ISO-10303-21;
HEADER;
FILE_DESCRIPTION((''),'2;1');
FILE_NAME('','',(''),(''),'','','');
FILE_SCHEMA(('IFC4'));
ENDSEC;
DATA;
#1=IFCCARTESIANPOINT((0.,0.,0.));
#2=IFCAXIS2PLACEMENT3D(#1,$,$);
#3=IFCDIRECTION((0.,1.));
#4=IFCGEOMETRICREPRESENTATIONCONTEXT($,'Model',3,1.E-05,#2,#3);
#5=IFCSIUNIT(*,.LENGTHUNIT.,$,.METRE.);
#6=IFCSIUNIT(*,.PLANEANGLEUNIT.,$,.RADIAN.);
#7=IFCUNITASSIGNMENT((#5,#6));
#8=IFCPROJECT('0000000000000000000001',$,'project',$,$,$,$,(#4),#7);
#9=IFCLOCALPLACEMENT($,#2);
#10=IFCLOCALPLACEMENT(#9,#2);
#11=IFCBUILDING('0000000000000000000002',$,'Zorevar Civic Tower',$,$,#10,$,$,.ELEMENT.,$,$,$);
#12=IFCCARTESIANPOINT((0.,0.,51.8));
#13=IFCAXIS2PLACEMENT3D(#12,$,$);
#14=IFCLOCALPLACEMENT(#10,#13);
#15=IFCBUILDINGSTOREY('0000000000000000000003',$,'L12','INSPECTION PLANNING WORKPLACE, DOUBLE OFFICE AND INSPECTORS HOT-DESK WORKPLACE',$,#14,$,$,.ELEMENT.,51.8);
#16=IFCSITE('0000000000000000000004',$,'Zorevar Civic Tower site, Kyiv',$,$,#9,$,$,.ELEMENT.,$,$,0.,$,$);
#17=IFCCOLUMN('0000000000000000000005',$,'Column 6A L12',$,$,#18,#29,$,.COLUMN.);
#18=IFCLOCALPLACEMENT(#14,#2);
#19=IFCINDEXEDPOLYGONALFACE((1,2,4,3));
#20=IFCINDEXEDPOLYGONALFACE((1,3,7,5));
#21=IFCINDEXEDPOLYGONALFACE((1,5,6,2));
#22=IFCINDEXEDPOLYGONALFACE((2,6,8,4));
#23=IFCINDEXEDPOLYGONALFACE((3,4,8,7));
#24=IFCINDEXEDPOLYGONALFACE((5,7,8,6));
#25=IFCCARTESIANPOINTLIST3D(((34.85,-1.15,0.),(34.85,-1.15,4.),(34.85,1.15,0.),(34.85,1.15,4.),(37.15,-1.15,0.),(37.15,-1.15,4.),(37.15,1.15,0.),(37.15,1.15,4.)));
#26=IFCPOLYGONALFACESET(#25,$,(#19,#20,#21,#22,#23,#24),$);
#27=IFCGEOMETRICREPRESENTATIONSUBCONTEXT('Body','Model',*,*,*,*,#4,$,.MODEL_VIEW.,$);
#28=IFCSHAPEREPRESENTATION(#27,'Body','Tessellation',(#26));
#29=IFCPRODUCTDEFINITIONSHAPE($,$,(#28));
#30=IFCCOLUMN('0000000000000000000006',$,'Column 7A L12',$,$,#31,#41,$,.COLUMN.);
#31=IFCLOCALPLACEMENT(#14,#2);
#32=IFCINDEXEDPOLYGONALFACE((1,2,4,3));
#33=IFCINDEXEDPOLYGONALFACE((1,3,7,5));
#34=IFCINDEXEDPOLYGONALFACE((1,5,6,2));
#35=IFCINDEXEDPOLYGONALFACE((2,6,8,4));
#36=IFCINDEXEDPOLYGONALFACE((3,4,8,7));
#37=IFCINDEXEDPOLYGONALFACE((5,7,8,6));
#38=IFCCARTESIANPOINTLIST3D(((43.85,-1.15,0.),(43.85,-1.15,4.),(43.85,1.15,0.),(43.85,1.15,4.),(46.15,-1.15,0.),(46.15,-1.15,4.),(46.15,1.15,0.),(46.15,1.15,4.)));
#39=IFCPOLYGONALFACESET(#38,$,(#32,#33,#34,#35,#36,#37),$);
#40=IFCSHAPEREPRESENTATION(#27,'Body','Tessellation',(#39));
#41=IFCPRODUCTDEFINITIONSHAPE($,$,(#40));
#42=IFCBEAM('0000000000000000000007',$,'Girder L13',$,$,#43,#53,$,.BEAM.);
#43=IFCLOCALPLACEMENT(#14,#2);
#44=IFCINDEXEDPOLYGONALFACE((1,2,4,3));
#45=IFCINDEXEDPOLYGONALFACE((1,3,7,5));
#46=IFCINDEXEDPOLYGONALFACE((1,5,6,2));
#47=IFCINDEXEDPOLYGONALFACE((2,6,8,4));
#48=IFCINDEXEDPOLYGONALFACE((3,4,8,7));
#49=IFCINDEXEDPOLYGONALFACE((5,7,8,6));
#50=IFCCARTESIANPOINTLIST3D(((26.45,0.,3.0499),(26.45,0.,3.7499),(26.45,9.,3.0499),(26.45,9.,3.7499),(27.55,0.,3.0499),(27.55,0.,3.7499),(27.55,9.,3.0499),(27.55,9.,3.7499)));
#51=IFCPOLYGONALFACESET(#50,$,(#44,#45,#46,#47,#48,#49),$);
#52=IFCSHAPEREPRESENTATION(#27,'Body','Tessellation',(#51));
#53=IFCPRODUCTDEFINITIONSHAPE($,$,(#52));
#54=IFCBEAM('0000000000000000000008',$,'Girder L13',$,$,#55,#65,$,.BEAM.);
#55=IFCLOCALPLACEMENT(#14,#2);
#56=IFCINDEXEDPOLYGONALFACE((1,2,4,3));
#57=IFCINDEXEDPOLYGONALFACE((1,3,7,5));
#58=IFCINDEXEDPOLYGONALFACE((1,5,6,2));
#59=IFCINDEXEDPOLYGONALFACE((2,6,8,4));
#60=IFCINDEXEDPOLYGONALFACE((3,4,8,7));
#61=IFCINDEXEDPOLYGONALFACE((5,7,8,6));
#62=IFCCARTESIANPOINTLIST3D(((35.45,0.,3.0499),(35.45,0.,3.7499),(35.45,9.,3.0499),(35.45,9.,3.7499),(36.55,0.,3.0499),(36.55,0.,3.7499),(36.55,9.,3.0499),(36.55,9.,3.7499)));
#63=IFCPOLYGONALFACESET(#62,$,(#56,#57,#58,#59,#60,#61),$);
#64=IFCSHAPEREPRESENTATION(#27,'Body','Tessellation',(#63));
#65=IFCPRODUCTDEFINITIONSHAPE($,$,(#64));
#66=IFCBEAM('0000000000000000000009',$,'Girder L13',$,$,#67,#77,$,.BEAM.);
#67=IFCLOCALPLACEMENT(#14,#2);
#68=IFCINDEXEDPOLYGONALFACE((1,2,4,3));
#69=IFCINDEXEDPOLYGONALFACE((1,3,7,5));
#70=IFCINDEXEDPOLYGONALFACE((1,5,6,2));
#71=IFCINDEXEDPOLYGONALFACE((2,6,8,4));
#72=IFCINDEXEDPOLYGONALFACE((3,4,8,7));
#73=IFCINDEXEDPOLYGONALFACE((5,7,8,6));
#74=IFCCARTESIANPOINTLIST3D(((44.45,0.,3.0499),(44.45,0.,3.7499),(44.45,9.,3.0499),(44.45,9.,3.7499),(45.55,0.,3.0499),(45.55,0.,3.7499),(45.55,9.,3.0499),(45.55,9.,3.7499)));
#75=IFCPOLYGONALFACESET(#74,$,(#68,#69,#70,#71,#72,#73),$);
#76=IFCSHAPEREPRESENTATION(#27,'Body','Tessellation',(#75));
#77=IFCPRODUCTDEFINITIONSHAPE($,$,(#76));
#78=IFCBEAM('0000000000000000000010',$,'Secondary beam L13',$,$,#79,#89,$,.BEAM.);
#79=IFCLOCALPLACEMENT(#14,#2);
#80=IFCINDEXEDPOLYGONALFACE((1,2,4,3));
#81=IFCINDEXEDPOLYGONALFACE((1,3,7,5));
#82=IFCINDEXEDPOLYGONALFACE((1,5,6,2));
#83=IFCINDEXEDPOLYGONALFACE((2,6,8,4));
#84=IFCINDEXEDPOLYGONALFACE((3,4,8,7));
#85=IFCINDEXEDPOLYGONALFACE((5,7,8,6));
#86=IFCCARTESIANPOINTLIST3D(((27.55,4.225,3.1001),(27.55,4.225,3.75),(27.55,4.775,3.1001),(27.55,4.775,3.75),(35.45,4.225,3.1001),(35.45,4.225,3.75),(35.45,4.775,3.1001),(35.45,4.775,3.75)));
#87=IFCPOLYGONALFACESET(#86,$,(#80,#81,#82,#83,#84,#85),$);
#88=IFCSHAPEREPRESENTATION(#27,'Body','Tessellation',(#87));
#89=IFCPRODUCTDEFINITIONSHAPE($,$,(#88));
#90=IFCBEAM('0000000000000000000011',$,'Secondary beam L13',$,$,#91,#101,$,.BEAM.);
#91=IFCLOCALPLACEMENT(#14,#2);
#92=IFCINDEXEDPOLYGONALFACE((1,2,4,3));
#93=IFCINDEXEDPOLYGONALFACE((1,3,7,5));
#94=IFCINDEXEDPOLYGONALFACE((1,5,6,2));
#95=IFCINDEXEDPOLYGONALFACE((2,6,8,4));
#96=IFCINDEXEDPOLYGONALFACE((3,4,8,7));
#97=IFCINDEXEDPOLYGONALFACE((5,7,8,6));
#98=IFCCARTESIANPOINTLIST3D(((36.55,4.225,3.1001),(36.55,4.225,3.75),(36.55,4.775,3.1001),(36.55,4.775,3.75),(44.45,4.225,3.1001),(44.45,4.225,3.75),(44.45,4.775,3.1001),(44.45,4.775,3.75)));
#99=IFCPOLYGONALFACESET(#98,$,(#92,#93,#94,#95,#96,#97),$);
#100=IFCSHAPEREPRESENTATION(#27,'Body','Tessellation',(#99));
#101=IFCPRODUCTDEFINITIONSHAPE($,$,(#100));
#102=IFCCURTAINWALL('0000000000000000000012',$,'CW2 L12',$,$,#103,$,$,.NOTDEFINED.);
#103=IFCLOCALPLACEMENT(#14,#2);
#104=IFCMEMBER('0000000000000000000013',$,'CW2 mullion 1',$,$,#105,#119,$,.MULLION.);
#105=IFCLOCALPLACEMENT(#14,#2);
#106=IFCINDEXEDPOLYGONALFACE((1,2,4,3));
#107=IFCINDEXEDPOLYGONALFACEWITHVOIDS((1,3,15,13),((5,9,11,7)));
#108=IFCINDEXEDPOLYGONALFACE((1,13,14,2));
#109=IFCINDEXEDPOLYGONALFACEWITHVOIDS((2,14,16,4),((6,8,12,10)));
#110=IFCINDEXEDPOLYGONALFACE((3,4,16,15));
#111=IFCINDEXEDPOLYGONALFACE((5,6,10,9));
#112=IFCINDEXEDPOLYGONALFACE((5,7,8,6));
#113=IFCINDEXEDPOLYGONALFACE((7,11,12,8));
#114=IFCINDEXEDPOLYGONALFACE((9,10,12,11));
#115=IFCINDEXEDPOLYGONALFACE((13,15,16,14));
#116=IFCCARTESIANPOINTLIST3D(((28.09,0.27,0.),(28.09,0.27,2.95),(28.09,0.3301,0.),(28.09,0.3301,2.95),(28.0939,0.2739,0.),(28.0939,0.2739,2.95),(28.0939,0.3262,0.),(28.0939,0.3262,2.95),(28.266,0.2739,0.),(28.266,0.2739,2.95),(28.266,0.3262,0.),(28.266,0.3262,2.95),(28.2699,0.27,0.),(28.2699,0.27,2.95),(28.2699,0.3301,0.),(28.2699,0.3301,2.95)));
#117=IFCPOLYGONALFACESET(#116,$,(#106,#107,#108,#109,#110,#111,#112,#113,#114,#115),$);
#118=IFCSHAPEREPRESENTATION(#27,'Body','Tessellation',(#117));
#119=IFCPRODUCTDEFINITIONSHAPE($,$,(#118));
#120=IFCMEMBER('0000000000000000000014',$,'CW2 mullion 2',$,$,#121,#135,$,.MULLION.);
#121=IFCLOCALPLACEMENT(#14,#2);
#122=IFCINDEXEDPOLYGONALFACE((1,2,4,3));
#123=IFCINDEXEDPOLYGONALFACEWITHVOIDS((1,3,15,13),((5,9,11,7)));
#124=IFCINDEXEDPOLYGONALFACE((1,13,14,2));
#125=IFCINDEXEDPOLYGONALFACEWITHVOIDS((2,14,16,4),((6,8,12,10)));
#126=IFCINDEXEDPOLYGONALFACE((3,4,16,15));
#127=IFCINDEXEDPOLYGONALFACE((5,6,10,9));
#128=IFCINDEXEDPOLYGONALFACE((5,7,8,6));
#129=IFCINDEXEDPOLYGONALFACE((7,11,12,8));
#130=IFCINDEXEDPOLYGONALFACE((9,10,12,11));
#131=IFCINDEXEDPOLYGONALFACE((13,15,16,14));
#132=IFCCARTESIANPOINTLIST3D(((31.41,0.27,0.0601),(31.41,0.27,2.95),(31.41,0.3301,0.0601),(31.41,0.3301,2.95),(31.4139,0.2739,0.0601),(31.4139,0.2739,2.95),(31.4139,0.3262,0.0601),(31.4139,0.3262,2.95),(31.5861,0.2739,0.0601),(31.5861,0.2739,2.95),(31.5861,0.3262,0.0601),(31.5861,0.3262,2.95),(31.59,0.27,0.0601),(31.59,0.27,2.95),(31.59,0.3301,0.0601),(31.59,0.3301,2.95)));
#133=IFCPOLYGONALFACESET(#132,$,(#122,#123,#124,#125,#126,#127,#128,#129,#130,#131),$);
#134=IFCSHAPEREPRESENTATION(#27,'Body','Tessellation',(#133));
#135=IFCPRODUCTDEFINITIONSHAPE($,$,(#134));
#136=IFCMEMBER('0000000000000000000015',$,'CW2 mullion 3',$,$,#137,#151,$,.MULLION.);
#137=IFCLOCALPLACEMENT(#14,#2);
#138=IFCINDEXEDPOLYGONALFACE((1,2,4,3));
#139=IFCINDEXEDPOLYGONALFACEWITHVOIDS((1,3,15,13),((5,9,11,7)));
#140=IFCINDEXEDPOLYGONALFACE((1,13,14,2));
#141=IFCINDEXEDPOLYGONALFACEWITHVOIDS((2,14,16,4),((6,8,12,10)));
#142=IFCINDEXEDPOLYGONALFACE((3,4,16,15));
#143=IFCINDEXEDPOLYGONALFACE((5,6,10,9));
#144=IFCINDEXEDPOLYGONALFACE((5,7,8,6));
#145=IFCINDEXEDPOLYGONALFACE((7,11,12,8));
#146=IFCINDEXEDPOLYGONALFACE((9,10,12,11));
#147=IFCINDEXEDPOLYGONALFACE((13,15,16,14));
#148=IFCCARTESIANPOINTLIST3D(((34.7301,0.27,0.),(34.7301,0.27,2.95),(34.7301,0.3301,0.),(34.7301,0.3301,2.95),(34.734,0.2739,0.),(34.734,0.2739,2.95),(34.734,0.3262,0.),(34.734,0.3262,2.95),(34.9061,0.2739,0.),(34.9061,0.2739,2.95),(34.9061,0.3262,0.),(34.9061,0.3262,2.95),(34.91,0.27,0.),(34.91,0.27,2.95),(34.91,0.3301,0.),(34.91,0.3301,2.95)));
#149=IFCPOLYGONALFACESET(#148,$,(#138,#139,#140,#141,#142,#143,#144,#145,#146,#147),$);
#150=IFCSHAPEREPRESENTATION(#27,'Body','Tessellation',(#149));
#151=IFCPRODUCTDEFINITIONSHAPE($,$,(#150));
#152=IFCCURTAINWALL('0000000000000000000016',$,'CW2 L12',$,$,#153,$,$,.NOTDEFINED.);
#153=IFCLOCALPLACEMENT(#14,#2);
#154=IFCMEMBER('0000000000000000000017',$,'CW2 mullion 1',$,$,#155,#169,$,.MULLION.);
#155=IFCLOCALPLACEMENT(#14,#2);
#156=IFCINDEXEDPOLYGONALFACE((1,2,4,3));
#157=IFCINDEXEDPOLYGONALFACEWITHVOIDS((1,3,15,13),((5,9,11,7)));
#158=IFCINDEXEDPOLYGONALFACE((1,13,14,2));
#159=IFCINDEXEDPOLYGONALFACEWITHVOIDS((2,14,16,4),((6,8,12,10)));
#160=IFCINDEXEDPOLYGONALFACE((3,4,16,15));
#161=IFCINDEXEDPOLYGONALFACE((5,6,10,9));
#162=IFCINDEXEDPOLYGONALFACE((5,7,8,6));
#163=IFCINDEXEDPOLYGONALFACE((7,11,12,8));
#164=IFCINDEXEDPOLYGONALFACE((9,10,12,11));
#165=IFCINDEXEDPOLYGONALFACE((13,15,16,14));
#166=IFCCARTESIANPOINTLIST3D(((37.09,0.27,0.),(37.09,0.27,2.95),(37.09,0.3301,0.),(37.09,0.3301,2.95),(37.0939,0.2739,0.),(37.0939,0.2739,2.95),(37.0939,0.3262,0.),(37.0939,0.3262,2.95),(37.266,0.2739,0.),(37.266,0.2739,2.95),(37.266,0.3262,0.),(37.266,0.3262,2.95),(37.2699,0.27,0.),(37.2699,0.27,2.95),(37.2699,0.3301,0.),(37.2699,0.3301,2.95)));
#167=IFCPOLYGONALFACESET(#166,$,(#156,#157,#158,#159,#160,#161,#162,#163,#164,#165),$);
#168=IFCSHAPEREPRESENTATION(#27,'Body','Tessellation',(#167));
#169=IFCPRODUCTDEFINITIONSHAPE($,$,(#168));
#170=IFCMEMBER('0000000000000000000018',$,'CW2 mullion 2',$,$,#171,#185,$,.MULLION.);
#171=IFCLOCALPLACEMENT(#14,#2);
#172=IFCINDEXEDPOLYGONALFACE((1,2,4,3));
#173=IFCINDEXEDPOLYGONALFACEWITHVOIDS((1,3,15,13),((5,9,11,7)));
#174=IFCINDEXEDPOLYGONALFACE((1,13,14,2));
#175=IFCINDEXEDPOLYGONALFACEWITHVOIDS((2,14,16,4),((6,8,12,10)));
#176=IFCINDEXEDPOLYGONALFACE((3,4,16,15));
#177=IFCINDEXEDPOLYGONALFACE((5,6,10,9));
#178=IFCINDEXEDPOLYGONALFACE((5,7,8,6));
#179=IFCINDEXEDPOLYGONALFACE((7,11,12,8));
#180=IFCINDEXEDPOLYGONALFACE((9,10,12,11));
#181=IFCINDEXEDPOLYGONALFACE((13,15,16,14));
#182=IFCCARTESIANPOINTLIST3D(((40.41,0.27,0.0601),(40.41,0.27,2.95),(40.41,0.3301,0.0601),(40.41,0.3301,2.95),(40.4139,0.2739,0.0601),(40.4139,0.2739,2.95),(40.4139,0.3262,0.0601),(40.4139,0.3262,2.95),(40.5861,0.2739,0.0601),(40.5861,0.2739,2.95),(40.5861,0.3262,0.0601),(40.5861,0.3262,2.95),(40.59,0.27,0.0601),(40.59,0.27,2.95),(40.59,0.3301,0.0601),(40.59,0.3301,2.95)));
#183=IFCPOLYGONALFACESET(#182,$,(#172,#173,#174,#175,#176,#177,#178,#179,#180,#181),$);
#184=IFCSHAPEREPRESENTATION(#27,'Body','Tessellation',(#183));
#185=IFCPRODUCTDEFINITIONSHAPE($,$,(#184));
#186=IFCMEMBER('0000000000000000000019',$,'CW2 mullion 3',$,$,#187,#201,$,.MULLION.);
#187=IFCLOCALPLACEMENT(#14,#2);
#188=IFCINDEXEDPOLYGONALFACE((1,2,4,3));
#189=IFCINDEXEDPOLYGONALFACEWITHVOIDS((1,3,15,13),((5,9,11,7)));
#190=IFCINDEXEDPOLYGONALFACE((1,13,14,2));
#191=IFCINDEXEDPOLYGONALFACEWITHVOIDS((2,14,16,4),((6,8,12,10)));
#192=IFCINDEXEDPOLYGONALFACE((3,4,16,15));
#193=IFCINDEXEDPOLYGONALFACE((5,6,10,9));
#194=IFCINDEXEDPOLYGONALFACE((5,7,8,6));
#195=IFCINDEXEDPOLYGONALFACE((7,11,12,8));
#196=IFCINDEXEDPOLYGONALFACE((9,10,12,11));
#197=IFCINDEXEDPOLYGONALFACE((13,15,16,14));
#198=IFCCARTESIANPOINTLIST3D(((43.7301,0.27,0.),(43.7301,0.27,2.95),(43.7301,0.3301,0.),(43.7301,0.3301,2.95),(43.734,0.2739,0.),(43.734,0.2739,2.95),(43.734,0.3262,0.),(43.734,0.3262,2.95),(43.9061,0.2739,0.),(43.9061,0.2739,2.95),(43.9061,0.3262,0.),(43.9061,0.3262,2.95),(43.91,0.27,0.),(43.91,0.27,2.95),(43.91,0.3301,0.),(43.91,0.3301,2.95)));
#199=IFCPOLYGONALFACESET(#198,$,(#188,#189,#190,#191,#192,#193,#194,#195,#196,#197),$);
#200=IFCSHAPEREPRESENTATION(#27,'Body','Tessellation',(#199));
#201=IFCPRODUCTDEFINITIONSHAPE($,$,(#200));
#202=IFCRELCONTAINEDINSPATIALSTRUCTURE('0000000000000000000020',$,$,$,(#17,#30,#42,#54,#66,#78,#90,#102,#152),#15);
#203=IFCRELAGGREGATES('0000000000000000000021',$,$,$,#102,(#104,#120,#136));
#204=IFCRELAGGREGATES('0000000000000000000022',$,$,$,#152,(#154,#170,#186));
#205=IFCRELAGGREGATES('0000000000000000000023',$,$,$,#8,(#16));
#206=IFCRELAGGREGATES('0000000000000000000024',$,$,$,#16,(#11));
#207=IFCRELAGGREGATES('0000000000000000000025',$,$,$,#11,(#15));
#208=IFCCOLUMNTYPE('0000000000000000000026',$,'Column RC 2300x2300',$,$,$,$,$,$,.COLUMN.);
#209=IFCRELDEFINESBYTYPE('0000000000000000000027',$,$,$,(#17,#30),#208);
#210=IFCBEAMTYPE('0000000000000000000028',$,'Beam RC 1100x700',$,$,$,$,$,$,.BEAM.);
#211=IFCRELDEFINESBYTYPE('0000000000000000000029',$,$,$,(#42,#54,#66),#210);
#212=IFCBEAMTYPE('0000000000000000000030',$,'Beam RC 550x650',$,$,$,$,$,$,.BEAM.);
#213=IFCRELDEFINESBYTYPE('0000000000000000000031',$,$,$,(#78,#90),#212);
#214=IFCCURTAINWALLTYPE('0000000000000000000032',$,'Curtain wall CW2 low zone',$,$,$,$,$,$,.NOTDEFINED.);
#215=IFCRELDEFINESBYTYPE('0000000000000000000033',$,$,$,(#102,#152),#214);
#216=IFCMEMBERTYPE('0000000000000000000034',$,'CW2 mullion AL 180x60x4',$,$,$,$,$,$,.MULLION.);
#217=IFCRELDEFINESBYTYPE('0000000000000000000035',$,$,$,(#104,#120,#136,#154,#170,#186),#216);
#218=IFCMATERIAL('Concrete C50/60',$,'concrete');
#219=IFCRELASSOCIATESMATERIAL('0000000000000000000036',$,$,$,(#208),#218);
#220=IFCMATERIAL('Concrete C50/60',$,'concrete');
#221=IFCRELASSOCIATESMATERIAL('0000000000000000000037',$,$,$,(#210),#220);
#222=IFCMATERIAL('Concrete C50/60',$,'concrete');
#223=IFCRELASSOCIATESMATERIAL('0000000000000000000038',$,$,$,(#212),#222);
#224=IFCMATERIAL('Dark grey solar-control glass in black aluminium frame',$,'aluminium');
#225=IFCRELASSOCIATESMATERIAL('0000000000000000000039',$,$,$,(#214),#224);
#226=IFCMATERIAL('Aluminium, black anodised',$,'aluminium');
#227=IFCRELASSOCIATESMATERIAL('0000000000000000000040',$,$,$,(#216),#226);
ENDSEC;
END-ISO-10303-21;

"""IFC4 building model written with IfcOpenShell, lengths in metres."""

from ifc_helpers import new_model, si_unit, direction, frame, origin, origin_2d, place, context, subcontext, project, spatial, rectangle, hollow_rectangle, extrude, material, material_profile, profile_set, type_object, element, aggregate, save


model = new_model("IFC4")

# Units and contexts
model_context = context("Model", 3, precision=1e-05, world=origin(), true_north=direction((0.0, 1.0)))
body_context = subcontext(model_context, "Body", "Model", "MODEL_VIEW")
ifc_project = project(units=[si_unit("LENGTHUNIT", "METRE"), si_unit("PLANEANGLEUNIT", "RADIAN")], contexts=[model_context])

# Site, building, storey
site_placement = place(None, origin())
site = spatial("IfcSite", under=ifc_project, at=site_placement, Name="Zorevar Civic Tower site, Kyiv", CompositionType="ELEMENT", RefElevation=0.0)
building_placement = place(site_placement, origin())
building = spatial("IfcBuilding", under=site, at=building_placement, Name="Zorevar Civic Tower", CompositionType="ELEMENT")
storey_placement = place(building_placement, frame((0.0, 0.0, 51.8)))
storey = spatial("IfcBuildingStorey", under=building, at=storey_placement, Name="L12", Description="INSPECTION PLANNING WORKPLACE, DOUBLE OFFICE AND INSPECTORS HOT-DESK WORKPLACE", CompositionType="ELEMENT", Elevation=51.8)

# Columns
ifc_material_1 = material(Name="Concrete C50/60", Category="concrete")
ifc_material_profile_1 = material_profile(ifc_material_1, rectangle(XDim=2.3, YDim=2.3, at=origin_2d()), Name="RC 2300x2300")
ifc_profile_set_1 = profile_set([ifc_material_profile_1], Name="Concrete C50/60")
column_type = type_object("IfcColumnType", Name="Column RC 2300x2300", PredefinedType="COLUMN", material=ifc_profile_set_1)
for number, where, z_axis, x_axis, name in (
    (1, (36.0, 0.0, 0.0), (0.0, 0.0, 1.0), (1.0, 0.0, 0.0), "Column 6A L12"),
    (2, (45.0, 0.0, 0.0), (0.0, 0.0, 1.0), (1.0, 0.0, 0.0), "Column 7A L12"),
):
    element("IfcColumn", number, at=place(storey_placement, frame(where, z_axis=z_axis, x_axis=x_axis)), inside=storey, type_object=column_type, Name=name, PredefinedType="COLUMN", context=body_context, shape_type="SweptSolid", body=[
        extrude(rectangle(XDim=2.3, YDim=2.3, at=origin_2d()), origin(), (0.0, 0.0, 1.0), 4.0),
    ])

# Beams
ifc_material_2 = material(Name="Concrete C50/60", Category="concrete")
ifc_material_profile_2 = material_profile(ifc_material_2, rectangle(XDim=1.1001, YDim=0.7, at=origin_2d()), Name="RC 1100x700")
ifc_profile_set_2 = profile_set([ifc_material_profile_2], Name="Concrete C50/60")
beam_type_1 = type_object("IfcBeamType", Name="Beam RC 1100x700", PredefinedType="BEAM", material=ifc_profile_set_2)
for number, where, z_axis, x_axis, name in (
    (3, (27.0, 0.0, 3.3999), (0.0, 1.0, 0.0), (-1.0, 0.0, 0.0), "Girder L13"),
    (4, (36.0, 0.0, 3.3999), (0.0, 1.0, 0.0), (-1.0, 0.0, 0.0), "Girder L13"),
    (5, (45.0, 0.0, 3.3999), (0.0, 1.0, 0.0), (-1.0, 0.0, 0.0), "Girder L13"),
):
    element("IfcBeam", number, at=place(storey_placement, frame(where, z_axis=z_axis, x_axis=x_axis)), inside=storey, type_object=beam_type_1, Name=name, PredefinedType="BEAM", context=body_context, shape_type="SweptSolid", body=[
        extrude(rectangle(XDim=1.1001, YDim=0.7, at=origin_2d()), origin(), (0.0, 0.0, 1.0), 9.0),
    ])
ifc_material_3 = material(Name="Concrete C50/60", Category="concrete")
ifc_material_profile_3 = material_profile(ifc_material_3, rectangle(XDim=0.55, YDim=0.6499, at=origin_2d()), Name="RC 550x650")
ifc_profile_set_3 = profile_set([ifc_material_profile_3], Name="Concrete C50/60")
beam_type_2 = type_object("IfcBeamType", Name="Beam RC 550x650", PredefinedType="BEAM", material=ifc_profile_set_3)
for number, where, z_axis, x_axis, name in (
    (6, (27.55, 4.5, 3.425), (1.0, 0.0, 0.0), (0.0, 1.0, 0.0), "Secondary beam L13"),
    (7, (36.55, 4.5, 3.425), (1.0, 0.0, 0.0), (0.0, 1.0, 0.0), "Secondary beam L13"),
):
    element("IfcBeam", number, at=place(storey_placement, frame(where, z_axis=z_axis, x_axis=x_axis)), inside=storey, type_object=beam_type_2, Name=name, PredefinedType="BEAM", context=body_context, shape_type="SweptSolid", body=[
        extrude(rectangle(XDim=0.55, YDim=0.6499, at=origin_2d()), origin(), (0.0, 0.0, 1.0), 7.8999),
    ])

# Curtain walls, members
ifc_material_4 = material(Name="Dark grey solar-control glass in black aluminium frame", Category="aluminium")
curtain_wall_type = type_object("IfcCurtainWallType", Name="Curtain wall CW2 low zone", PredefinedType="NOTDEFINED", material=ifc_material_4)
curtain_wall_1_placement = place(storey_placement, origin())
curtain_wall_1 = element("IfcCurtainWall", 8, at=curtain_wall_1_placement, inside=storey, type_object=curtain_wall_type, Name="CW2 L12", PredefinedType="NOTDEFINED")
ifc_material_5 = material(Name="Aluminium, black anodised", Category="aluminium")
ifc_material_profile_4 = material_profile(ifc_material_5, hollow_rectangle(XDim=0.0601, YDim=0.1799, WallThickness=0.0039, at=origin_2d()), Name="AL 180x60x4")
ifc_profile_set_4 = profile_set([ifc_material_profile_4], Name="Aluminium, black anodised")
member_type_1 = type_object("IfcMemberType", Name="CW2 mullion AL 180x60x4", PredefinedType="MULLION", material=ifc_profile_set_4)
member_1_placement = place(storey_placement, frame((28.1799, 0.3, 0.0), z_axis=(0.0, 0.0, 1.0), x_axis=(0.0, 1.0, 0.0)))
member_1 = element("IfcMember", 9, at=member_1_placement, type_object=member_type_1, Name="CW2 mullion 1", PredefinedType="MULLION", context=body_context, shape_type="SweptSolid", body=[
    extrude(hollow_rectangle(XDim=0.0601, YDim=0.1799, WallThickness=0.0039, at=origin_2d()), origin(), (0.0, 0.0, 1.0), 2.95),
])
member_2_placement = place(storey_placement, frame((31.5, 0.3, 0.0601), z_axis=(0.0, 0.0, 1.0), x_axis=(0.0, 1.0, 0.0)))
member_2 = element("IfcMember", 10, at=member_2_placement, type_object=member_type_1, Name="CW2 mullion 2", PredefinedType="MULLION", context=body_context, shape_type="SweptSolid", body=[
    extrude(hollow_rectangle(XDim=0.0601, YDim=0.1799, WallThickness=0.0039, at=origin_2d()), origin(), (0.0, 0.0, 1.0), 2.8899),
])
member_3_placement = place(storey_placement, frame((34.8201, 0.3, 0.0), z_axis=(0.0, 0.0, 1.0), x_axis=(0.0, 1.0, 0.0)))
member_3 = element("IfcMember", 11, at=member_3_placement, type_object=member_type_1, Name="CW2 mullion 3", PredefinedType="MULLION", context=body_context, shape_type="SweptSolid", body=[
    extrude(hollow_rectangle(XDim=0.0601, YDim=0.1799, WallThickness=0.0039, at=origin_2d()), origin(), (0.0, 0.0, 1.0), 2.95),
])
curtain_wall_2_placement = place(storey_placement, origin())
curtain_wall_2 = element("IfcCurtainWall", 12, at=curtain_wall_2_placement, inside=storey, type_object=curtain_wall_type, Name="CW2 L12", PredefinedType="NOTDEFINED")
member_4_placement = place(storey_placement, frame((37.1799, 0.3, 0.0), z_axis=(0.0, 0.0, 1.0), x_axis=(0.0, 1.0, 0.0)))
member_4 = element("IfcMember", 13, at=member_4_placement, type_object=member_type_1, Name="CW2 mullion 1", PredefinedType="MULLION", context=body_context, shape_type="SweptSolid", body=[
    extrude(hollow_rectangle(XDim=0.0601, YDim=0.1799, WallThickness=0.0039, at=origin_2d()), origin(), (0.0, 0.0, 1.0), 2.95),
])
member_5_placement = place(storey_placement, frame((40.5, 0.3, 0.0601), z_axis=(0.0, 0.0, 1.0), x_axis=(0.0, 1.0, 0.0)))
member_5 = element("IfcMember", 14, at=member_5_placement, type_object=member_type_1, Name="CW2 mullion 2", PredefinedType="MULLION", context=body_context, shape_type="SweptSolid", body=[
    extrude(hollow_rectangle(XDim=0.0601, YDim=0.1799, WallThickness=0.0039, at=origin_2d()), origin(), (0.0, 0.0, 1.0), 2.8899),
])
member_6_placement = place(storey_placement, frame((43.8201, 0.3, 0.0), z_axis=(0.0, 0.0, 1.0), x_axis=(0.0, 1.0, 0.0)))
member_6 = element("IfcMember", 15, at=member_6_placement, type_object=member_type_1, Name="CW2 mullion 3", PredefinedType="MULLION", context=body_context, shape_type="SweptSolid", body=[
    extrude(hollow_rectangle(XDim=0.0601, YDim=0.1799, WallThickness=0.0039, at=origin_2d()), origin(), (0.0, 0.0, 1.0), 2.95),
])

aggregate(curtain_wall_1, [member_1, member_2, member_3])
aggregate(curtain_wall_2, [member_4, member_5, member_6])

save(model, "model.ifc")
